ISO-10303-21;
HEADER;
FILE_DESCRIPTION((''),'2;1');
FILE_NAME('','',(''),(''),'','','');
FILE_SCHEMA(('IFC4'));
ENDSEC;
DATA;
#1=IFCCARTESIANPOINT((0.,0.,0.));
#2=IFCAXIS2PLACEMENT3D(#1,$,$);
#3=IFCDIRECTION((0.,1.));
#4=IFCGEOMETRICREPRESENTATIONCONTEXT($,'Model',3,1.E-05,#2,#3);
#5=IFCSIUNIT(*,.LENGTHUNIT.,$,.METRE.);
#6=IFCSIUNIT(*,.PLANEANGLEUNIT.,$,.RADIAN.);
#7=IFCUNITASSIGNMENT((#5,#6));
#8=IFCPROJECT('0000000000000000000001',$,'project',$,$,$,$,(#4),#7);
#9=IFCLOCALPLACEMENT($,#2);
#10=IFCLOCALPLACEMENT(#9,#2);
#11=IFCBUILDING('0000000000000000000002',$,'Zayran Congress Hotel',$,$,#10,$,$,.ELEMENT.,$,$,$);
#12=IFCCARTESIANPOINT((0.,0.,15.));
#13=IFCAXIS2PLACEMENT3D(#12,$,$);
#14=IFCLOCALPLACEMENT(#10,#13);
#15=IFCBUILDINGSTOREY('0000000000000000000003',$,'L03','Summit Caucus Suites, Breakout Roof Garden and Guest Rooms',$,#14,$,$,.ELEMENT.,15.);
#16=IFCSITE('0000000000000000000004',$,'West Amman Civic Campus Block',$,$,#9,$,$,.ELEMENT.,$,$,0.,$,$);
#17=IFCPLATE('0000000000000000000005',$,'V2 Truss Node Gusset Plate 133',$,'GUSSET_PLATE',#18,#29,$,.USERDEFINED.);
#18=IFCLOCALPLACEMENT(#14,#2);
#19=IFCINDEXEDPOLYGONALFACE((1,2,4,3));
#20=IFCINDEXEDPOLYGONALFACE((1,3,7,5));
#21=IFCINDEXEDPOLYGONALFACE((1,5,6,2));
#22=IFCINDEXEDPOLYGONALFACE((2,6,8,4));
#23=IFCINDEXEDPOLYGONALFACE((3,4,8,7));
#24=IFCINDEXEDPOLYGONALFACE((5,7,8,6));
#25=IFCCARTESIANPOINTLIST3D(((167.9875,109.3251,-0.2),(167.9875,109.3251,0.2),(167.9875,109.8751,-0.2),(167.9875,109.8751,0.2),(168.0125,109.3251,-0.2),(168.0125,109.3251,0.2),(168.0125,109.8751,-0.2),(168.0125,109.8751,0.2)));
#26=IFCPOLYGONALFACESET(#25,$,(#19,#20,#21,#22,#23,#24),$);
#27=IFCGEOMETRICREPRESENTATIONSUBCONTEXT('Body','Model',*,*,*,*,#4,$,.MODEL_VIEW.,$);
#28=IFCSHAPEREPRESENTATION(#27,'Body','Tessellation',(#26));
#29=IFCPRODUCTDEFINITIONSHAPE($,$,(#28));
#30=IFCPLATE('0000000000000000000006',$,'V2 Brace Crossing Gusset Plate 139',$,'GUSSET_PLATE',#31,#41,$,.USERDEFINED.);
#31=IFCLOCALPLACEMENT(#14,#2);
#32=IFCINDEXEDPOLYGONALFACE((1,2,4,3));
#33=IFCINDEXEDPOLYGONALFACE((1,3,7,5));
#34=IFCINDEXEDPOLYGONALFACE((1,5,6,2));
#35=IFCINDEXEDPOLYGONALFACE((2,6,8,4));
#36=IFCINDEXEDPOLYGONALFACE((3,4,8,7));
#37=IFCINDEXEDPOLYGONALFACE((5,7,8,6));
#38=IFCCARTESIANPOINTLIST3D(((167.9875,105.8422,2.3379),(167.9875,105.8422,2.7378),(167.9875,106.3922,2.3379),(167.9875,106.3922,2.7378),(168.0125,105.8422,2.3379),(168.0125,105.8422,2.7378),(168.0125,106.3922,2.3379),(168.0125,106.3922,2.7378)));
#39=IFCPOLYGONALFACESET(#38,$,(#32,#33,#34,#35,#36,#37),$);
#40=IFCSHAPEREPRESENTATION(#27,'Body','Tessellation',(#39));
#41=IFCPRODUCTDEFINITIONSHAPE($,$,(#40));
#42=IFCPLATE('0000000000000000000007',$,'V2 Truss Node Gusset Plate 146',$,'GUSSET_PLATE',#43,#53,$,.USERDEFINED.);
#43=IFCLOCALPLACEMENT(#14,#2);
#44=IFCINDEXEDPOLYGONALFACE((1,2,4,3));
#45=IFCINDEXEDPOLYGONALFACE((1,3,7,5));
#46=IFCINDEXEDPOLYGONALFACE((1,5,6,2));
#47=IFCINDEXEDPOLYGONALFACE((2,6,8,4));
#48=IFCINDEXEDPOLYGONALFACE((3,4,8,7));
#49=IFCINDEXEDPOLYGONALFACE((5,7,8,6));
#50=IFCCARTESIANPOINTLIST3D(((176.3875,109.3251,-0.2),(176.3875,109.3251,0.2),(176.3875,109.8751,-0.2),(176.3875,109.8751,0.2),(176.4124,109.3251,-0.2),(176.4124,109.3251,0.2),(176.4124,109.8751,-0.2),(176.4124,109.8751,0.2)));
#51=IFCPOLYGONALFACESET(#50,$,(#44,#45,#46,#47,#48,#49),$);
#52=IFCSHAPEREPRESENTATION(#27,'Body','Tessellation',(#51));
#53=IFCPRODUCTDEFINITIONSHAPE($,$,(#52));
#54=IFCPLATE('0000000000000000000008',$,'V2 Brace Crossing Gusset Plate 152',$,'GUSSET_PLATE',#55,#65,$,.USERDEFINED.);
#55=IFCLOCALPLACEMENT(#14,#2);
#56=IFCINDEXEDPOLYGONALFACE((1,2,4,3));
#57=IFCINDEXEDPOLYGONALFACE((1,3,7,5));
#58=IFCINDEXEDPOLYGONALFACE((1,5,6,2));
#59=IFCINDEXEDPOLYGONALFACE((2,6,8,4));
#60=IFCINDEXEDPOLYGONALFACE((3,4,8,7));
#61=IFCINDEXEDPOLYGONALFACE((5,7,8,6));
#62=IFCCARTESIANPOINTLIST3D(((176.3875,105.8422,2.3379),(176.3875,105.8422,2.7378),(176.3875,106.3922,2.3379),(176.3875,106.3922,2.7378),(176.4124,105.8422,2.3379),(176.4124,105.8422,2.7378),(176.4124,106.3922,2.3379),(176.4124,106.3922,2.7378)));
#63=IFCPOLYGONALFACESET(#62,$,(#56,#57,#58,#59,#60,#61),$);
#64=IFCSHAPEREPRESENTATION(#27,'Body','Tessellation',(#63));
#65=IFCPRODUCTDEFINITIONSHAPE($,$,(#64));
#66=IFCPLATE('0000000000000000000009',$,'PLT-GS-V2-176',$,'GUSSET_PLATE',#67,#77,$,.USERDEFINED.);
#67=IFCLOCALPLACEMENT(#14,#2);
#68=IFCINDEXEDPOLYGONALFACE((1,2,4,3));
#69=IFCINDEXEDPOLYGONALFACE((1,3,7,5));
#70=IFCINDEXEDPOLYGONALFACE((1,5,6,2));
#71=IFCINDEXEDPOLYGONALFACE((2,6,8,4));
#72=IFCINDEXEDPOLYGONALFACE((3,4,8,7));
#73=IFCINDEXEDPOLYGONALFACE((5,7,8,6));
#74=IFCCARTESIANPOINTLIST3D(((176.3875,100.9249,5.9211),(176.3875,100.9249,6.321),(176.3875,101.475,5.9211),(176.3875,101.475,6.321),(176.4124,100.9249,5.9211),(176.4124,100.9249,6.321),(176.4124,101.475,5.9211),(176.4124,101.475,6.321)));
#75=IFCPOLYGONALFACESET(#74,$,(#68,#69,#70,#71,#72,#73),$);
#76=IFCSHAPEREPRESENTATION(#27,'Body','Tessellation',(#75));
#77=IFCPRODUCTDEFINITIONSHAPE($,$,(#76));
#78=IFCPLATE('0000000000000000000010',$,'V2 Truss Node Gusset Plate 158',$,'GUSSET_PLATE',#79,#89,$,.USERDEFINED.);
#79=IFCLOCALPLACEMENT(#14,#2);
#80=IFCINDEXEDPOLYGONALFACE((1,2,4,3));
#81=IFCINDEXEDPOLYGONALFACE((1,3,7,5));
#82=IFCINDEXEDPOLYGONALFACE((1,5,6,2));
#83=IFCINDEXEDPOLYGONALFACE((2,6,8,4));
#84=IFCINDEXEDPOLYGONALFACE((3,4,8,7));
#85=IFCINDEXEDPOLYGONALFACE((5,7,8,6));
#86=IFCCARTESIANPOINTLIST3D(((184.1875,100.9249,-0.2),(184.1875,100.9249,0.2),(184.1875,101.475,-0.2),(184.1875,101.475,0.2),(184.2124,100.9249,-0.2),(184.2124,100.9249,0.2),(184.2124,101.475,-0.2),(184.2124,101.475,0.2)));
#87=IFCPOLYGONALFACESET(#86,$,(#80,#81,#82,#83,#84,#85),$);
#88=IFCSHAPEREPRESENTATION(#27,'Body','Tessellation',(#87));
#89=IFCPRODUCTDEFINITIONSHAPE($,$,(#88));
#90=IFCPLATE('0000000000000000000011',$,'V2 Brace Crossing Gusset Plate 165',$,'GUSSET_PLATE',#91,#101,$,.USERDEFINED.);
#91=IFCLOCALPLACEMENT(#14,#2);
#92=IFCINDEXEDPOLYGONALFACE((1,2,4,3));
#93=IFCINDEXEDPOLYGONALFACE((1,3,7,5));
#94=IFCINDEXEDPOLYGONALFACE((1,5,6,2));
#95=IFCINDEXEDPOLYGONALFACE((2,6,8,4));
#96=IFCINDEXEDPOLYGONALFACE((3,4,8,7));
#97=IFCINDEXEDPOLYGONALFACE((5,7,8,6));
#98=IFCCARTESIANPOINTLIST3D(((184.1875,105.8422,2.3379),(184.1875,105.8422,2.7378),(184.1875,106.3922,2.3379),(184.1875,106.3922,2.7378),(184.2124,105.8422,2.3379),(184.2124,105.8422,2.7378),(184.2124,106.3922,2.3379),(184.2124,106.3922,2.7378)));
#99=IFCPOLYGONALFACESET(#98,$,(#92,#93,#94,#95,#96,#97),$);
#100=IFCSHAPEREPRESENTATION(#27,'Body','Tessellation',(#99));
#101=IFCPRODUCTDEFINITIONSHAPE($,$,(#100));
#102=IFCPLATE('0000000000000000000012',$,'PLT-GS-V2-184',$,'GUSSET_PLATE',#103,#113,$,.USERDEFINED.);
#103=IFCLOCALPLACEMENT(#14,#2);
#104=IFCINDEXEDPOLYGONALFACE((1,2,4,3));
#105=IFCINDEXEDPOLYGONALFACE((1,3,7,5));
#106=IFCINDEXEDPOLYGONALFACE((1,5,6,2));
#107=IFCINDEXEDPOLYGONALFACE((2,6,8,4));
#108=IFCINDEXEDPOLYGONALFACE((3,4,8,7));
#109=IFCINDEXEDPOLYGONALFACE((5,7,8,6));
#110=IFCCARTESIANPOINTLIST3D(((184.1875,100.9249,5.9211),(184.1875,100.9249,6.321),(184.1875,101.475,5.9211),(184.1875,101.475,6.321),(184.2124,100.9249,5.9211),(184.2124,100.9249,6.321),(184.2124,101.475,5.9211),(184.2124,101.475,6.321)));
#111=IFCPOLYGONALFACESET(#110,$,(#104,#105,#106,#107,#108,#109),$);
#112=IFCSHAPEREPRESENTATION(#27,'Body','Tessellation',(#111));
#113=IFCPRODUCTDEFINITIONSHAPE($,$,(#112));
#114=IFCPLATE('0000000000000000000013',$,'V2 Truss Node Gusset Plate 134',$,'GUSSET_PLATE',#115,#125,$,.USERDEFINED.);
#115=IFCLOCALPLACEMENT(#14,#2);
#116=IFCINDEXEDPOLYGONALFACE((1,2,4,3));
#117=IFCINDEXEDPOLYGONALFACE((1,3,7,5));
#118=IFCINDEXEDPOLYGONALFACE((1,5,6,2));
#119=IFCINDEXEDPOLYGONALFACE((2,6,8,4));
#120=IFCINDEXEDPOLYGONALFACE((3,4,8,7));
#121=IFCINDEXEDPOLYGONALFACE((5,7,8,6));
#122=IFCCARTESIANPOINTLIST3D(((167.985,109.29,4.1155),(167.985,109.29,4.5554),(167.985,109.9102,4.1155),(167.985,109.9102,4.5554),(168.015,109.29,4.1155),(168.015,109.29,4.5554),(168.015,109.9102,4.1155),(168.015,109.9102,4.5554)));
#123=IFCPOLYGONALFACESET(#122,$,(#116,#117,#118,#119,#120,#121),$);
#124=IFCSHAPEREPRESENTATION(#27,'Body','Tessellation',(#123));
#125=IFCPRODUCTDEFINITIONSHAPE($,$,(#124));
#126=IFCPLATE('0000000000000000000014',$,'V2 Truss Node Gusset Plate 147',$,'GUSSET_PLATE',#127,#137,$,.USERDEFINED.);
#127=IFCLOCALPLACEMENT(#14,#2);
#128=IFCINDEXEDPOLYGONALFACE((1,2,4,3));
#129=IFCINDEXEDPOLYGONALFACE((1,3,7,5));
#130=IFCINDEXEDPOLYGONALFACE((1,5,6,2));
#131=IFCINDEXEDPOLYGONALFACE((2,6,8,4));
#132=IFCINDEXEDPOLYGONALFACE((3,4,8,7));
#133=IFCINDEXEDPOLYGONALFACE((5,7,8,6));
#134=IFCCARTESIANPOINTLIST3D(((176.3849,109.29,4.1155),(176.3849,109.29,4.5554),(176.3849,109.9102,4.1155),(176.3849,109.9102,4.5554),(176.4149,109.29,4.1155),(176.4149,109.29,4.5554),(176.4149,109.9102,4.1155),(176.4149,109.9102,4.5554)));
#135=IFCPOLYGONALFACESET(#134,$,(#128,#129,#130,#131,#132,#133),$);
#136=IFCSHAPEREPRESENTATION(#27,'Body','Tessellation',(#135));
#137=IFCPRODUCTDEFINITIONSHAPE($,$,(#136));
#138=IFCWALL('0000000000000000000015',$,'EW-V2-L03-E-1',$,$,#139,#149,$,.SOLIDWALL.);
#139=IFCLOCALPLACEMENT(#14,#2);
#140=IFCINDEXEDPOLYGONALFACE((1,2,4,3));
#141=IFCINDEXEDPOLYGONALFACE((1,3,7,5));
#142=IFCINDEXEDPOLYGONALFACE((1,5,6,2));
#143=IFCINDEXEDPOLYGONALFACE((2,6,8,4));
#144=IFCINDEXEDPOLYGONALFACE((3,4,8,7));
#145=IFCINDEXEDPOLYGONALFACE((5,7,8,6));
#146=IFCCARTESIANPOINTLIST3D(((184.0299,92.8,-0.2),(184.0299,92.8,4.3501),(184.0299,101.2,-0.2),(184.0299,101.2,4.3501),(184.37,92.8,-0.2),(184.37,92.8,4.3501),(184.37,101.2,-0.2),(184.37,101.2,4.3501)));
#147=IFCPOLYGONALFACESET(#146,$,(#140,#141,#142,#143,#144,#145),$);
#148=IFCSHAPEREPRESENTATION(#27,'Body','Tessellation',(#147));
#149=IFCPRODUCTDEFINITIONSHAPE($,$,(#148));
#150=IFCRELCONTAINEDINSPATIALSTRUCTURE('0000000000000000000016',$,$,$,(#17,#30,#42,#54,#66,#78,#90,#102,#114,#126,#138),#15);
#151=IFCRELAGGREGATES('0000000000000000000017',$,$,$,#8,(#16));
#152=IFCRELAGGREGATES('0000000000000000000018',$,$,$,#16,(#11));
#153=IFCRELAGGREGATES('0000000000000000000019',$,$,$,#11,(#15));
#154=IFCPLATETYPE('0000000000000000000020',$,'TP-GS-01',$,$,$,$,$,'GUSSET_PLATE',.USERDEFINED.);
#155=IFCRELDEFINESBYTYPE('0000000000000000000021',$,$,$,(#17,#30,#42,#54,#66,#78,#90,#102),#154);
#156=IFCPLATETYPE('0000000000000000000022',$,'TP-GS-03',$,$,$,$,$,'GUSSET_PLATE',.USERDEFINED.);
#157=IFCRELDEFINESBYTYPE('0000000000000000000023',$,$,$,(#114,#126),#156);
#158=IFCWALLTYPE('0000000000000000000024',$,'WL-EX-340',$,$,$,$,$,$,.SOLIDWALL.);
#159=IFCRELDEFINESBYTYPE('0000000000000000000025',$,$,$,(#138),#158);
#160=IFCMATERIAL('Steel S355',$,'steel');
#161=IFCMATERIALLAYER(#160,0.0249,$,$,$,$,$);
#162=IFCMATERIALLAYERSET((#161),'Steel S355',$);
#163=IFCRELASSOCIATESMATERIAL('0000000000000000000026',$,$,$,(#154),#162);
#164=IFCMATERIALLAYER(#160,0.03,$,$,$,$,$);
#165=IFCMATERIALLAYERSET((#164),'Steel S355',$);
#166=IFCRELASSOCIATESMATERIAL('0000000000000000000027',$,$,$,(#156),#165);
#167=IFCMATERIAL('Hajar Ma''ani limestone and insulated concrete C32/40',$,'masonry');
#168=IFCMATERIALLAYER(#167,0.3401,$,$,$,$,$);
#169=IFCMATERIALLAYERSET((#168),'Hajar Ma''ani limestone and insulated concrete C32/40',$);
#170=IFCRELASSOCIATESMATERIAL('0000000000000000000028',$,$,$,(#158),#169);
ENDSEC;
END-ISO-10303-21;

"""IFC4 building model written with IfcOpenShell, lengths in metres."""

from ifc_helpers import new_model, si_unit, direction, frame, frame_2d, origin, origin_2d, place, context, subcontext, project, spatial, rectangle, extrude, material, layer, layer_set, type_object, element, save


model = new_model("IFC4")

# Units and contexts
model_context = context("Model", 3, precision=1e-05, world=origin(), true_north=direction((0.0, 1.0)))
body_context = subcontext(model_context, "Body", "Model", "MODEL_VIEW")
ifc_project = project(units=[si_unit("LENGTHUNIT", "METRE"), si_unit("PLANEANGLEUNIT", "RADIAN")], contexts=[model_context])

# Site, building, storey
site_placement = place(None, origin())
site = spatial("IfcSite", under=ifc_project, at=site_placement, Name="West Amman Civic Campus Block", CompositionType="ELEMENT", RefElevation=0.0)
building_placement = place(site_placement, origin())
building = spatial("IfcBuilding", under=site, at=building_placement, Name="Zayran Congress Hotel", CompositionType="ELEMENT")
storey_placement = place(building_placement, frame((0.0, 0.0, 15.0)))
storey = spatial("IfcBuildingStorey", under=building, at=storey_placement, Name="L03", Description="Summit Caucus Suites, Breakout Roof Garden and Guest Rooms", CompositionType="ELEMENT", Elevation=15.0)

# Shared definitions
ifc_material_1 = material(Name="Steel S355", Category="steel")

# Plates
ifc_layer_1 = layer(ifc_material_1, 0.0249)
ifc_layer_set_1 = layer_set([ifc_layer_1], Name="Steel S355")
plate_type_1 = type_object("IfcPlateType", Name="TP-GS-01", ElementType="GUSSET_PLATE", PredefinedType="USERDEFINED", material=ifc_layer_set_1)
for number, where, z_axis, x_axis, name in (
    (1, (168.0, 109.6001, -0.2), (0.0, 0.0, 1.0), (0.0, 1.0, 0.0), "V2 Truss Node Gusset Plate 133"),
    (2, (168.0, 106.1172, 2.3379), (0.0, 0.0, 1.0), (0.0, 1.0, 0.0), "V2 Brace Crossing Gusset Plate 139"),
    (3, (176.3999, 109.6001, -0.2), (0.0, 0.0, 1.0), (0.0, 1.0, 0.0), "V2 Truss Node Gusset Plate 146"),
    (4, (176.3999, 106.1172, 2.3379), (0.0, 0.0, 1.0), (0.0, 1.0, 0.0), "V2 Brace Crossing Gusset Plate 152"),
    (5, (176.3999, 101.2, 5.9211), (0.0, 0.0, 1.0), (0.0, 1.0, 0.0), "PLT-GS-V2-176"),
    (6, (184.2, 101.2, -0.2), (0.0, 0.0, 1.0), (0.0, 1.0, 0.0), "V2 Truss Node Gusset Plate 158"),
    (7, (184.2, 106.1172, 2.3379), (0.0, 0.0, 1.0), (0.0, 1.0, 0.0), "V2 Brace Crossing Gusset Plate 165"),
    (8, (184.2, 101.2, 5.9211), (0.0, 0.0, 1.0), (0.0, 1.0, 0.0), "PLT-GS-V2-184"),
):
    element("IfcPlate", number, at=place(storey_placement, frame(where, z_axis=z_axis, x_axis=x_axis)), inside=storey, type_object=plate_type_1, Name=name, ObjectType="GUSSET_PLATE", PredefinedType="USERDEFINED", context=body_context, shape_type="SweptSolid", body=[
        extrude(rectangle(XDim=0.55, YDim=0.0249, at=origin_2d()), origin(), (0.0, 0.0, 1.0), 0.3999),
    ])
ifc_layer_2 = layer(ifc_material_1, 0.03)
ifc_layer_set_2 = layer_set([ifc_layer_2], Name="Steel S355")
plate_type_2 = type_object("IfcPlateType", Name="TP-GS-03", ElementType="GUSSET_PLATE", PredefinedType="USERDEFINED", material=ifc_layer_set_2)
for number, where, z_axis, x_axis, name in (
    (9, (168.0, 109.6001, 4.1155), (0.0, 0.0, 1.0), (0.0, 1.0, 0.0), "V2 Truss Node Gusset Plate 134"),
    (10, (176.3999, 109.6001, 4.1155), (0.0, 0.0, 1.0), (0.0, 1.0, 0.0), "V2 Truss Node Gusset Plate 147"),
):
    element("IfcPlate", number, at=place(storey_placement, frame(where, z_axis=z_axis, x_axis=x_axis)), inside=storey, type_object=plate_type_2, Name=name, ObjectType="GUSSET_PLATE", PredefinedType="USERDEFINED", context=body_context, shape_type="SweptSolid", body=[
        extrude(rectangle(XDim=0.6201, YDim=0.03, at=origin_2d()), origin(), (0.0, 0.0, 1.0), 0.4399),
    ])

# Wall
ifc_material_2 = material(Name="Hajar Ma'ani limestone and insulated concrete C32/40", Category="masonry")
ifc_layer_3 = layer(ifc_material_2, 0.3401)
ifc_layer_set_3 = layer_set([ifc_layer_3], Name="Hajar Ma'ani limestone and insulated concrete C32/40")
wall_type = type_object("IfcWallType", Name="WL-EX-340", PredefinedType="SOLIDWALL", material=ifc_layer_set_3)
wall_placement = place(storey_placement, frame((184.2, 101.2, -0.2), z_axis=(0.0, 0.0, 1.0), x_axis=(0.0, -1.0, 0.0)))
element("IfcWall", 11, at=wall_placement, inside=storey, type_object=wall_type, Name="EW-V2-L03-E-1", PredefinedType="SOLIDWALL", context=body_context, shape_type="SweptSolid", body=[
    extrude(rectangle(XDim=8.3999, YDim=0.3401, at=frame_2d((4.2, 0.0))), origin(), (0.0, 0.0, 1.0), 4.55),
])

save(model, "model.ifc")
